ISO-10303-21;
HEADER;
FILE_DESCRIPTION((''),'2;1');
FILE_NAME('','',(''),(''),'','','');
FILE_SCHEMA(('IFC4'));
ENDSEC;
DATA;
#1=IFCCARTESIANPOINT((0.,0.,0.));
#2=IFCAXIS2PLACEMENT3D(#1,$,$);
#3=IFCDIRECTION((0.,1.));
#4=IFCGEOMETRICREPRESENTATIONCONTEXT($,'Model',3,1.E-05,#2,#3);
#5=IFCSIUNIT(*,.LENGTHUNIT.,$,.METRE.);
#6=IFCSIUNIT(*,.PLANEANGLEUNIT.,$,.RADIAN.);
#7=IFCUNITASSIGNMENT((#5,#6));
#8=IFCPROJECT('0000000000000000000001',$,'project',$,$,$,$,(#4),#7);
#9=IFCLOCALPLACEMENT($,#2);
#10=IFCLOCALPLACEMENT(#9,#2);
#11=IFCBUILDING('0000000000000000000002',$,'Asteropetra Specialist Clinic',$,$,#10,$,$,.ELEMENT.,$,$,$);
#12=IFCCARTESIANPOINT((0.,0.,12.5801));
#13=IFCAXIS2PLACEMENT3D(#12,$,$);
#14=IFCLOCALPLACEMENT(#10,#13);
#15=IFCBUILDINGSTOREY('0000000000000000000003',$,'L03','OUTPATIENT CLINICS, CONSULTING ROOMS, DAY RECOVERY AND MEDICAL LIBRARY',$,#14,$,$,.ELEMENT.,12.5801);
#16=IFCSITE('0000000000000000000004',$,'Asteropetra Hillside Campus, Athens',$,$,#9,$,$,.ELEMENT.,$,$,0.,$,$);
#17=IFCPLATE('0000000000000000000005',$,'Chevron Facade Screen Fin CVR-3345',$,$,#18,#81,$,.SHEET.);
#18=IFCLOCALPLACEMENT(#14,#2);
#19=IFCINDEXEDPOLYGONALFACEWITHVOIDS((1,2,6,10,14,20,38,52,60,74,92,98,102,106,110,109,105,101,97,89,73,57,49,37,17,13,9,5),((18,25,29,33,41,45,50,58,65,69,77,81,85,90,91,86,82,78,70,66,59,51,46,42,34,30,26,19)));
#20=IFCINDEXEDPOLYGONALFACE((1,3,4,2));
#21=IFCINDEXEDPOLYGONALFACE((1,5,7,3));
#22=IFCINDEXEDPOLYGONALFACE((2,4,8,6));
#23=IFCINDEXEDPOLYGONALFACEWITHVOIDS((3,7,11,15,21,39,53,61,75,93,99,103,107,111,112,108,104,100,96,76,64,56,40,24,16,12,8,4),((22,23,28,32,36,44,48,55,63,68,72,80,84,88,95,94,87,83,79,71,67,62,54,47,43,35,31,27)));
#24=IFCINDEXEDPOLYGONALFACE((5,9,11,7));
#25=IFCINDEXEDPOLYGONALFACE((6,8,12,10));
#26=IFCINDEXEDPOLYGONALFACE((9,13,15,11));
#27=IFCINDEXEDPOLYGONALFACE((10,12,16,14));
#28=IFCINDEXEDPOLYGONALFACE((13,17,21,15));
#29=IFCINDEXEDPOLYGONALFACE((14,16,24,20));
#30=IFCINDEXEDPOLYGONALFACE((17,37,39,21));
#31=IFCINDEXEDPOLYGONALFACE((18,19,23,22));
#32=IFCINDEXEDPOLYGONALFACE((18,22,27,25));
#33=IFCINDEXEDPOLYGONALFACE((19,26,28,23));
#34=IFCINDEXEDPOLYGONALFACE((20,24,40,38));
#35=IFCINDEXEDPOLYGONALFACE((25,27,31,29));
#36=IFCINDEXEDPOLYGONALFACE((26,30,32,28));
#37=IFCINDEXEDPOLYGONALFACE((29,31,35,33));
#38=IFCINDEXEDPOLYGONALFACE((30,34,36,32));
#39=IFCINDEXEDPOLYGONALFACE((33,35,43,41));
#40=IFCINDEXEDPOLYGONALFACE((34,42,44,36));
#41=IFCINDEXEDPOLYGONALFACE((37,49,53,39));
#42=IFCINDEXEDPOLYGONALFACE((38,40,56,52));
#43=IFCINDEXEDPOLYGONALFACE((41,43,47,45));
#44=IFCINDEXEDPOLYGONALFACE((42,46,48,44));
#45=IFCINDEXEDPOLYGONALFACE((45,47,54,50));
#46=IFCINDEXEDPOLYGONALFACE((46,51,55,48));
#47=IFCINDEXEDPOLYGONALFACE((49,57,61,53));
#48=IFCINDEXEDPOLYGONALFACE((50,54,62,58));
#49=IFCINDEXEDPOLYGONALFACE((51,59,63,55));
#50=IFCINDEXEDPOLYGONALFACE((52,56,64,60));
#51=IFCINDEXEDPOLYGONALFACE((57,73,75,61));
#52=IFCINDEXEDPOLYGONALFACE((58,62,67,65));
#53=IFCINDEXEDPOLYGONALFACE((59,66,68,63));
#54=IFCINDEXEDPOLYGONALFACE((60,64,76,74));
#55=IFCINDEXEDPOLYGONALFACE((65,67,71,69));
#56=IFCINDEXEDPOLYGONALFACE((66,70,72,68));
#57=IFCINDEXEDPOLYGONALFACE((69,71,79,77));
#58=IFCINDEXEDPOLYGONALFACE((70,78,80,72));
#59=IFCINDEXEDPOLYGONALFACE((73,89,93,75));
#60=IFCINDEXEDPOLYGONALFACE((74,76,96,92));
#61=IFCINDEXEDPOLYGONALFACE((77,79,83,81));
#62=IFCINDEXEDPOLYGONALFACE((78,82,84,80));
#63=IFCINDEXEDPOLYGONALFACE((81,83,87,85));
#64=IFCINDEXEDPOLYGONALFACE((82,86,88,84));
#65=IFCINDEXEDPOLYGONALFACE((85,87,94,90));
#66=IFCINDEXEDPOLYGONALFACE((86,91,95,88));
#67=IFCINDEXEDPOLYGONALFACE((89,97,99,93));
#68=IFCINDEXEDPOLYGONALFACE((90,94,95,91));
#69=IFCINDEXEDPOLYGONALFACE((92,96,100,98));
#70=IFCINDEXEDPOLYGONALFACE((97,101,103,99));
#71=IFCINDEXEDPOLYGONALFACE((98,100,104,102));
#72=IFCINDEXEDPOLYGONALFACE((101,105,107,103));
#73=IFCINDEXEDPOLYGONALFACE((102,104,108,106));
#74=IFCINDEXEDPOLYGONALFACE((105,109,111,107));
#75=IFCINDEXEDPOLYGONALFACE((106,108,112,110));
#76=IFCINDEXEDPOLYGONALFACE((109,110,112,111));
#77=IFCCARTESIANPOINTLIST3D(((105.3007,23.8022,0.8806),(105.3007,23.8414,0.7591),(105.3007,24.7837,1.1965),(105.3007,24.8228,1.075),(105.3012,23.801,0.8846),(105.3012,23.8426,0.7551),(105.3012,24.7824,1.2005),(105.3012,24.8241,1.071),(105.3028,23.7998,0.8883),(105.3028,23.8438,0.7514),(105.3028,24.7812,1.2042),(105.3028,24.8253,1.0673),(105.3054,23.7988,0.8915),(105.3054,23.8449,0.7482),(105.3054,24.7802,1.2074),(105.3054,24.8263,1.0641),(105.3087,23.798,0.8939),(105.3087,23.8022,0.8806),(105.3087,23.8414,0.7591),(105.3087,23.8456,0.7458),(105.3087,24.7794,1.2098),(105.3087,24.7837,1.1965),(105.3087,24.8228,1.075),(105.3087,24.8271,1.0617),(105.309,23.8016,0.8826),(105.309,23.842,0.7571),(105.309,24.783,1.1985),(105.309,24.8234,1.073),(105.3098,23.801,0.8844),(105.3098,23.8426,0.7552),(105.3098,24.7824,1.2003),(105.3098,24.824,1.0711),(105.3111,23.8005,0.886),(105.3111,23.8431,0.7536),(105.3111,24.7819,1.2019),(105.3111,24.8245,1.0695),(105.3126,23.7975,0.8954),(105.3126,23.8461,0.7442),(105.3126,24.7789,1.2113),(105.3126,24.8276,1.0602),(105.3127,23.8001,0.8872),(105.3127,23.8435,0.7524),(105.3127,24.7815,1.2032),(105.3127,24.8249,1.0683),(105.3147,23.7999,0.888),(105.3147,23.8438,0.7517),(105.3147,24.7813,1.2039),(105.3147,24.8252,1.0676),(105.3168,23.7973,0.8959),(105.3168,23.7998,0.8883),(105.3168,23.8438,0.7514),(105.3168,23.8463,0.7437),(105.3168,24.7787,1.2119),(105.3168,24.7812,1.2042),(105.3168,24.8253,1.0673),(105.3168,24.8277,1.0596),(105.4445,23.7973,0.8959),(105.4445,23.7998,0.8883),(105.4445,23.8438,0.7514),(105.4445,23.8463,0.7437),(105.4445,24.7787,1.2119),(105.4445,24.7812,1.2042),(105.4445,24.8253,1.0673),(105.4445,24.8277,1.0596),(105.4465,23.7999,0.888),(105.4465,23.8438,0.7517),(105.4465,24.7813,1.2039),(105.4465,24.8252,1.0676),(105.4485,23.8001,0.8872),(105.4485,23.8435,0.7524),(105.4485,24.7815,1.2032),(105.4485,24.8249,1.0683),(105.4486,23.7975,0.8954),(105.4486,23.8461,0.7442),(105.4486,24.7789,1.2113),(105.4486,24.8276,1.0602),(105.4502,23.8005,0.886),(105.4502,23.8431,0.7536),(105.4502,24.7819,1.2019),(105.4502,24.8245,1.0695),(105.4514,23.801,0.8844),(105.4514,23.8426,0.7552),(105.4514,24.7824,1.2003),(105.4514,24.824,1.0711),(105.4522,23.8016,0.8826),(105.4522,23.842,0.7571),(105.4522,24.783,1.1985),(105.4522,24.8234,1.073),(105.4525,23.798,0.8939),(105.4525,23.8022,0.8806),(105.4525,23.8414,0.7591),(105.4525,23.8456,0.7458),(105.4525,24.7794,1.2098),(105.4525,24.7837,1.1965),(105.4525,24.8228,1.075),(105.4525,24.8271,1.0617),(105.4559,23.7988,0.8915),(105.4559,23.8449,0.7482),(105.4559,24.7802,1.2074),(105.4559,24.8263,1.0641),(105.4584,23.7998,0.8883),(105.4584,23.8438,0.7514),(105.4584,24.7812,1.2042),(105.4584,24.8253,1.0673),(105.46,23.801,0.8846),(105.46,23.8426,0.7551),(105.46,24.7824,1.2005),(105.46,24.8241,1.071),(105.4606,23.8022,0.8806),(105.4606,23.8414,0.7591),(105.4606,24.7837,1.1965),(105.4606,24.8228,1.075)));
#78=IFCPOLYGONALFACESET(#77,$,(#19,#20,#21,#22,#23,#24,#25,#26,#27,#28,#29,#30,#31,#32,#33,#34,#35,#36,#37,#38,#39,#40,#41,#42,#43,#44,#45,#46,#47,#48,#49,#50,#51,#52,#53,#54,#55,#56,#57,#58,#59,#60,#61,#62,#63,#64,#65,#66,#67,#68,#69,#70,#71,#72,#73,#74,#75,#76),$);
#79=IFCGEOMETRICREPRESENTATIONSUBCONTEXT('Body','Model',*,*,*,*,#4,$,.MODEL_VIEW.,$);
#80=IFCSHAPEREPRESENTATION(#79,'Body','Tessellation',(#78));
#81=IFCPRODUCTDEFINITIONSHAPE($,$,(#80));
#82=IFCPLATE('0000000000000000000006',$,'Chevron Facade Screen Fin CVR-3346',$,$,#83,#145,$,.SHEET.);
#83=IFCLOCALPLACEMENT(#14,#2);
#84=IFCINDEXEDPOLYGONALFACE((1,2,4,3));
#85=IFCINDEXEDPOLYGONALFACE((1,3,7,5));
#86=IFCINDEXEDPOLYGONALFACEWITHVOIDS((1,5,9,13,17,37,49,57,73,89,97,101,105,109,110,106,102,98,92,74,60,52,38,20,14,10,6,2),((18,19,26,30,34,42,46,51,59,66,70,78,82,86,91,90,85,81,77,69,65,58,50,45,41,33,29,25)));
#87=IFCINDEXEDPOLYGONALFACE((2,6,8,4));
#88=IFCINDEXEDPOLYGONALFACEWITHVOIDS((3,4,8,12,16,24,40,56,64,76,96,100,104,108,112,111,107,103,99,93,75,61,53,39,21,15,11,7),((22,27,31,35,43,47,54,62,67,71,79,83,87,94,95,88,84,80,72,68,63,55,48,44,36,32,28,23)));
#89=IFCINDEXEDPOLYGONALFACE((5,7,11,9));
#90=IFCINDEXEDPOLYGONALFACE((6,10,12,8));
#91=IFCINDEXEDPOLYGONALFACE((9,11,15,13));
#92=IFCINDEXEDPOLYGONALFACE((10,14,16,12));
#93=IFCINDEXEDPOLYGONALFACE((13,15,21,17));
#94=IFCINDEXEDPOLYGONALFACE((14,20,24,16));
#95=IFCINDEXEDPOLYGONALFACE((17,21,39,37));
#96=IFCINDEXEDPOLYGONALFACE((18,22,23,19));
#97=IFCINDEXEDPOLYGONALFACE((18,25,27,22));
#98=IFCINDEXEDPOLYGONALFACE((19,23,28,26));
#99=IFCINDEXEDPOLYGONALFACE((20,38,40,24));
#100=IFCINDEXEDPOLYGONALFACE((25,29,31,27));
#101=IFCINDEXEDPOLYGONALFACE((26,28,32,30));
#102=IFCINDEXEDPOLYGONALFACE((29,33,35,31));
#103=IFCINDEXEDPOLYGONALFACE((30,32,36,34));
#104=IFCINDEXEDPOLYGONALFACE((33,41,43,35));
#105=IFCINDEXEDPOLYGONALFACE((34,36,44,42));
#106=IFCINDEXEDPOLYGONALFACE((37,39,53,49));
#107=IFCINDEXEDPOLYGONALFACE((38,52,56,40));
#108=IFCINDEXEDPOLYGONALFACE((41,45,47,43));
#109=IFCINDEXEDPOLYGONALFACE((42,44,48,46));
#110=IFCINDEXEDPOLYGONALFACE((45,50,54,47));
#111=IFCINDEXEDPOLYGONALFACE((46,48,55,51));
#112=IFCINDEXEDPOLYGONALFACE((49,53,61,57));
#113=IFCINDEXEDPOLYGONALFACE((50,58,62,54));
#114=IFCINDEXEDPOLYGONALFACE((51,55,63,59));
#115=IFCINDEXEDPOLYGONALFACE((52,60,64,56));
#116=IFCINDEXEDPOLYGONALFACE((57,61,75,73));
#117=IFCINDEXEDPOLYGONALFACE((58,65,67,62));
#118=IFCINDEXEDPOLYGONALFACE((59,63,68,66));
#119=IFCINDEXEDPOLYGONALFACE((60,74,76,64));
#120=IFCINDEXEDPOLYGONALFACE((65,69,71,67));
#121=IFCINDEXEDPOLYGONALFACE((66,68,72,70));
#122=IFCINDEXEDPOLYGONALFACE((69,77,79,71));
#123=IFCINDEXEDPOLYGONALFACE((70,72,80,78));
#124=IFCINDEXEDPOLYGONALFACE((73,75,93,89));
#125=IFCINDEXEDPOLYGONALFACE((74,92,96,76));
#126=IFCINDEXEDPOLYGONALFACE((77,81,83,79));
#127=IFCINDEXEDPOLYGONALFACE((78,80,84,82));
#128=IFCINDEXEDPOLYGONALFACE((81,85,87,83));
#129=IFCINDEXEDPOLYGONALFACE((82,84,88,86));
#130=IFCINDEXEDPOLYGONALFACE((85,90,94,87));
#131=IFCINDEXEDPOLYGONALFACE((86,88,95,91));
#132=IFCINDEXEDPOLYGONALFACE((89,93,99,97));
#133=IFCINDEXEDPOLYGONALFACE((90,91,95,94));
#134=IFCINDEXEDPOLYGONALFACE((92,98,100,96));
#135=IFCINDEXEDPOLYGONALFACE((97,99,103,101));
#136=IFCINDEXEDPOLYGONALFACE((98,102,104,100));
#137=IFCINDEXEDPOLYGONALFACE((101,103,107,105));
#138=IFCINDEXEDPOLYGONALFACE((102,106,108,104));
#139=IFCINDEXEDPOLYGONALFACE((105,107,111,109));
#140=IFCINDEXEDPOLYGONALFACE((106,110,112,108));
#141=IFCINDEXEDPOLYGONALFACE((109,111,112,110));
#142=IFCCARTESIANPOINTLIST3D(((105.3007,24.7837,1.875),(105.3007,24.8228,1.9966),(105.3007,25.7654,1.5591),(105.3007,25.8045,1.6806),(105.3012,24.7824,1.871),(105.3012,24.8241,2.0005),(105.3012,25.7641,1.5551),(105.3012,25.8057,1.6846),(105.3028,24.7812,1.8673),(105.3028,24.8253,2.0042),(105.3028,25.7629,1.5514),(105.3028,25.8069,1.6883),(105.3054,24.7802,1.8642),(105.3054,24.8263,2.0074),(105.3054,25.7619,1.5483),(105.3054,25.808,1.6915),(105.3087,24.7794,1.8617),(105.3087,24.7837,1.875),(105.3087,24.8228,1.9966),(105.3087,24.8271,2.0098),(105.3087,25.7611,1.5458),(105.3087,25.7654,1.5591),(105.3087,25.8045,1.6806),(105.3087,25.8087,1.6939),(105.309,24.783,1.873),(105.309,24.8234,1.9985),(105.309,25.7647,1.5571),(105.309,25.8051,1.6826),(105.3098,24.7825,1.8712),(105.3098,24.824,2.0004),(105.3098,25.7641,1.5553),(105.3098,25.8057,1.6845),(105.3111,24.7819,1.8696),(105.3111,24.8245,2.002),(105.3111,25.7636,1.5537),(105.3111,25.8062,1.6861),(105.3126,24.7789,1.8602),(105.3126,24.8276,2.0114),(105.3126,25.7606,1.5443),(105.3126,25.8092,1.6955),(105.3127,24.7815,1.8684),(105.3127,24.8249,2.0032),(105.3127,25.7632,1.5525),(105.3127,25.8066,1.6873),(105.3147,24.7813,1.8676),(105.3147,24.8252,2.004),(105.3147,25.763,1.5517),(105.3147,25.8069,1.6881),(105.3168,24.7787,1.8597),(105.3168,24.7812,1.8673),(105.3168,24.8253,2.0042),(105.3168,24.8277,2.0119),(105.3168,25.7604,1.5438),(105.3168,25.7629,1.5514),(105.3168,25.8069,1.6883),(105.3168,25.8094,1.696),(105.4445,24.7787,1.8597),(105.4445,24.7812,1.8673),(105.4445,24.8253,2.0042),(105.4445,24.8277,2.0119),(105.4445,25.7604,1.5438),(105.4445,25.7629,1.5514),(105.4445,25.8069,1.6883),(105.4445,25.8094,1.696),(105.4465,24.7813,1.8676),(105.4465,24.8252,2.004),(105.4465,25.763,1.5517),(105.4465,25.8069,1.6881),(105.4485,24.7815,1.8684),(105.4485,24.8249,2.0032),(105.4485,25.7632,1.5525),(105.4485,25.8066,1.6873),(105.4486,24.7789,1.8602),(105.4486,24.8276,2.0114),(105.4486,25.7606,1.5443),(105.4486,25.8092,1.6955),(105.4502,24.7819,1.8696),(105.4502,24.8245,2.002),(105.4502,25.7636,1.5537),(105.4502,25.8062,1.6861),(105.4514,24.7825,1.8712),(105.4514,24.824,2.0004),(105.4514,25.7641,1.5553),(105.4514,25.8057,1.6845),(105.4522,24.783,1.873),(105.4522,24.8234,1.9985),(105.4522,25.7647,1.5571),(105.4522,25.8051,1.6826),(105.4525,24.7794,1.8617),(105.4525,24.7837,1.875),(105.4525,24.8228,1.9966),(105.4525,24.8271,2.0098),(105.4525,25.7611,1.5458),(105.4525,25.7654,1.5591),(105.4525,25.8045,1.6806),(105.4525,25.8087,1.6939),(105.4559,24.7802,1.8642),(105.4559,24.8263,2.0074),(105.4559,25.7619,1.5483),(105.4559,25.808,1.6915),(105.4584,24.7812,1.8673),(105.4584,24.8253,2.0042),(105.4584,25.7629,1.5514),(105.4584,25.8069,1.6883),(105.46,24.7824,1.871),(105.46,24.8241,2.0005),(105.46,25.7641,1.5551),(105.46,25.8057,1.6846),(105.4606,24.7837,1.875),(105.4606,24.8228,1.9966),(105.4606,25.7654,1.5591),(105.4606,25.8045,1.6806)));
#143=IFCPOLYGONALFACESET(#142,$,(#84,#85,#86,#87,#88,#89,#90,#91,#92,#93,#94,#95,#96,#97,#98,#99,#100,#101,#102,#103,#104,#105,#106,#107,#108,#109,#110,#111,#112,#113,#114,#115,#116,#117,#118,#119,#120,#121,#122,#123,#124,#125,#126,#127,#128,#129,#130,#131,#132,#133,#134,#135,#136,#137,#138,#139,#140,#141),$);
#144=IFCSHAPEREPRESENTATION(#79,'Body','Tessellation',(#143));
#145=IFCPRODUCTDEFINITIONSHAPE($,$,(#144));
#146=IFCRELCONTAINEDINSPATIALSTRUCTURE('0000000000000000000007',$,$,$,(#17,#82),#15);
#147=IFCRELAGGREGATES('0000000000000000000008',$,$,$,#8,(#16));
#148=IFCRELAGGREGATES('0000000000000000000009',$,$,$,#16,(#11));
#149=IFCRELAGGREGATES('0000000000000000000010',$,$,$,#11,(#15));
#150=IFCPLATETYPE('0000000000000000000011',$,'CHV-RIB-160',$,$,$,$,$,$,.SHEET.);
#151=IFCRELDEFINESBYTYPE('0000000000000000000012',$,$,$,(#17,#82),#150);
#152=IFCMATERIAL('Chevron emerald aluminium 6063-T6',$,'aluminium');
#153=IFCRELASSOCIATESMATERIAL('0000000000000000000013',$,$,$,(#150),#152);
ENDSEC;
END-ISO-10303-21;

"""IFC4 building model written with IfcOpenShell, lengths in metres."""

from ifc_helpers import new_model, si_unit, direction, frame, origin, origin_2d, place, context, subcontext, project, spatial, hollow_rectangle, extrude, material, material_profile, profile_set, type_object, element, save


model = new_model("IFC4")

# Units and contexts
model_context = context("Model", 3, precision=1e-05, world=origin(), true_north=direction((0.0, 1.0)))
body_context = subcontext(model_context, "Body", "Model", "MODEL_VIEW")
ifc_project = project(units=[si_unit("LENGTHUNIT", "METRE"), si_unit("PLANEANGLEUNIT", "RADIAN")], contexts=[model_context])

# Site, building, storey
site_placement = place(None, origin())
site = spatial("IfcSite", under=ifc_project, at=site_placement, Name="Asteropetra Hillside Campus, Athens", CompositionType="ELEMENT", RefElevation=0.0)
building_placement = place(site_placement, origin())
building = spatial("IfcBuilding", under=site, at=building_placement, Name="Asteropetra Specialist Clinic", CompositionType="ELEMENT")
storey_placement = place(building_placement, frame((0.0, 0.0, 12.5801)))
storey = spatial("IfcBuildingStorey", under=building, at=storey_placement, Name="L03", Description="OUTPATIENT CLINICS, CONSULTING ROOMS, DAY RECOVERY AND MEDICAL LIBRARY", CompositionType="ELEMENT", Elevation=12.5801)

# Plates
ifc_material_1 = material(Name="Chevron emerald aluminium 6063-T6", Category="aluminium")
ifc_material_profile_1 = material_profile(ifc_material_1, hollow_rectangle(XDim=0.1599, YDim=0.1599, WallThickness=0.0081, InnerFilletRadius=0.0081, OuterFilletRadius=0.0161, at=origin_2d()), Name="SHS 160x160x8.0")
ifc_profile_set_1 = profile_set([ifc_material_profile_1], Name="Chevron emerald aluminium 6063-T6")
plate_type_1 = type_object("IfcPlateType", Name="CHV-RIB-160", PredefinedType="SHEET", material=ifc_profile_set_1)
plate_1_placement = place(storey_placement, frame((105.3806, 24.8032, 1.1357), z_axis=(0.0, -0.9519, -0.306408), x_axis=(1.0, 0.0, 0.0)))
element("IfcPlate", 1, at=plate_1_placement, inside=storey, type_object=plate_type_1, Name="Chevron Facade Screen Fin CVR-3345", PredefinedType="SHEET", context=body_context, shape_type="SweptSolid", body=[
    extrude(hollow_rectangle(XDim=0.1599, YDim=0.1599, WallThickness=0.0081, InnerFilletRadius=0.0081, OuterFilletRadius=0.0161, at=origin_2d()), origin(), (0.0, 0.0, 1.0), 1.031),
])
plate_2_placement = place(storey_placement, frame((105.3806, 25.7849, 1.6199), z_axis=(0.0, -0.951923, 0.306339), x_axis=(1.0, 0.0, 0.0)))
element("IfcPlate", 2, at=plate_2_placement, inside=storey, type_object=plate_type_1, Name="Chevron Facade Screen Fin CVR-3346", PredefinedType="SHEET", context=body_context, shape_type="SweptSolid", body=[
    extrude(hollow_rectangle(XDim=0.1599, YDim=0.1599, WallThickness=0.0081, InnerFilletRadius=0.0081, OuterFilletRadius=0.0161, at=origin_2d()), origin(), (0.0, 0.0, 1.0), 1.0312),
])

save(model, "model.ifc")
